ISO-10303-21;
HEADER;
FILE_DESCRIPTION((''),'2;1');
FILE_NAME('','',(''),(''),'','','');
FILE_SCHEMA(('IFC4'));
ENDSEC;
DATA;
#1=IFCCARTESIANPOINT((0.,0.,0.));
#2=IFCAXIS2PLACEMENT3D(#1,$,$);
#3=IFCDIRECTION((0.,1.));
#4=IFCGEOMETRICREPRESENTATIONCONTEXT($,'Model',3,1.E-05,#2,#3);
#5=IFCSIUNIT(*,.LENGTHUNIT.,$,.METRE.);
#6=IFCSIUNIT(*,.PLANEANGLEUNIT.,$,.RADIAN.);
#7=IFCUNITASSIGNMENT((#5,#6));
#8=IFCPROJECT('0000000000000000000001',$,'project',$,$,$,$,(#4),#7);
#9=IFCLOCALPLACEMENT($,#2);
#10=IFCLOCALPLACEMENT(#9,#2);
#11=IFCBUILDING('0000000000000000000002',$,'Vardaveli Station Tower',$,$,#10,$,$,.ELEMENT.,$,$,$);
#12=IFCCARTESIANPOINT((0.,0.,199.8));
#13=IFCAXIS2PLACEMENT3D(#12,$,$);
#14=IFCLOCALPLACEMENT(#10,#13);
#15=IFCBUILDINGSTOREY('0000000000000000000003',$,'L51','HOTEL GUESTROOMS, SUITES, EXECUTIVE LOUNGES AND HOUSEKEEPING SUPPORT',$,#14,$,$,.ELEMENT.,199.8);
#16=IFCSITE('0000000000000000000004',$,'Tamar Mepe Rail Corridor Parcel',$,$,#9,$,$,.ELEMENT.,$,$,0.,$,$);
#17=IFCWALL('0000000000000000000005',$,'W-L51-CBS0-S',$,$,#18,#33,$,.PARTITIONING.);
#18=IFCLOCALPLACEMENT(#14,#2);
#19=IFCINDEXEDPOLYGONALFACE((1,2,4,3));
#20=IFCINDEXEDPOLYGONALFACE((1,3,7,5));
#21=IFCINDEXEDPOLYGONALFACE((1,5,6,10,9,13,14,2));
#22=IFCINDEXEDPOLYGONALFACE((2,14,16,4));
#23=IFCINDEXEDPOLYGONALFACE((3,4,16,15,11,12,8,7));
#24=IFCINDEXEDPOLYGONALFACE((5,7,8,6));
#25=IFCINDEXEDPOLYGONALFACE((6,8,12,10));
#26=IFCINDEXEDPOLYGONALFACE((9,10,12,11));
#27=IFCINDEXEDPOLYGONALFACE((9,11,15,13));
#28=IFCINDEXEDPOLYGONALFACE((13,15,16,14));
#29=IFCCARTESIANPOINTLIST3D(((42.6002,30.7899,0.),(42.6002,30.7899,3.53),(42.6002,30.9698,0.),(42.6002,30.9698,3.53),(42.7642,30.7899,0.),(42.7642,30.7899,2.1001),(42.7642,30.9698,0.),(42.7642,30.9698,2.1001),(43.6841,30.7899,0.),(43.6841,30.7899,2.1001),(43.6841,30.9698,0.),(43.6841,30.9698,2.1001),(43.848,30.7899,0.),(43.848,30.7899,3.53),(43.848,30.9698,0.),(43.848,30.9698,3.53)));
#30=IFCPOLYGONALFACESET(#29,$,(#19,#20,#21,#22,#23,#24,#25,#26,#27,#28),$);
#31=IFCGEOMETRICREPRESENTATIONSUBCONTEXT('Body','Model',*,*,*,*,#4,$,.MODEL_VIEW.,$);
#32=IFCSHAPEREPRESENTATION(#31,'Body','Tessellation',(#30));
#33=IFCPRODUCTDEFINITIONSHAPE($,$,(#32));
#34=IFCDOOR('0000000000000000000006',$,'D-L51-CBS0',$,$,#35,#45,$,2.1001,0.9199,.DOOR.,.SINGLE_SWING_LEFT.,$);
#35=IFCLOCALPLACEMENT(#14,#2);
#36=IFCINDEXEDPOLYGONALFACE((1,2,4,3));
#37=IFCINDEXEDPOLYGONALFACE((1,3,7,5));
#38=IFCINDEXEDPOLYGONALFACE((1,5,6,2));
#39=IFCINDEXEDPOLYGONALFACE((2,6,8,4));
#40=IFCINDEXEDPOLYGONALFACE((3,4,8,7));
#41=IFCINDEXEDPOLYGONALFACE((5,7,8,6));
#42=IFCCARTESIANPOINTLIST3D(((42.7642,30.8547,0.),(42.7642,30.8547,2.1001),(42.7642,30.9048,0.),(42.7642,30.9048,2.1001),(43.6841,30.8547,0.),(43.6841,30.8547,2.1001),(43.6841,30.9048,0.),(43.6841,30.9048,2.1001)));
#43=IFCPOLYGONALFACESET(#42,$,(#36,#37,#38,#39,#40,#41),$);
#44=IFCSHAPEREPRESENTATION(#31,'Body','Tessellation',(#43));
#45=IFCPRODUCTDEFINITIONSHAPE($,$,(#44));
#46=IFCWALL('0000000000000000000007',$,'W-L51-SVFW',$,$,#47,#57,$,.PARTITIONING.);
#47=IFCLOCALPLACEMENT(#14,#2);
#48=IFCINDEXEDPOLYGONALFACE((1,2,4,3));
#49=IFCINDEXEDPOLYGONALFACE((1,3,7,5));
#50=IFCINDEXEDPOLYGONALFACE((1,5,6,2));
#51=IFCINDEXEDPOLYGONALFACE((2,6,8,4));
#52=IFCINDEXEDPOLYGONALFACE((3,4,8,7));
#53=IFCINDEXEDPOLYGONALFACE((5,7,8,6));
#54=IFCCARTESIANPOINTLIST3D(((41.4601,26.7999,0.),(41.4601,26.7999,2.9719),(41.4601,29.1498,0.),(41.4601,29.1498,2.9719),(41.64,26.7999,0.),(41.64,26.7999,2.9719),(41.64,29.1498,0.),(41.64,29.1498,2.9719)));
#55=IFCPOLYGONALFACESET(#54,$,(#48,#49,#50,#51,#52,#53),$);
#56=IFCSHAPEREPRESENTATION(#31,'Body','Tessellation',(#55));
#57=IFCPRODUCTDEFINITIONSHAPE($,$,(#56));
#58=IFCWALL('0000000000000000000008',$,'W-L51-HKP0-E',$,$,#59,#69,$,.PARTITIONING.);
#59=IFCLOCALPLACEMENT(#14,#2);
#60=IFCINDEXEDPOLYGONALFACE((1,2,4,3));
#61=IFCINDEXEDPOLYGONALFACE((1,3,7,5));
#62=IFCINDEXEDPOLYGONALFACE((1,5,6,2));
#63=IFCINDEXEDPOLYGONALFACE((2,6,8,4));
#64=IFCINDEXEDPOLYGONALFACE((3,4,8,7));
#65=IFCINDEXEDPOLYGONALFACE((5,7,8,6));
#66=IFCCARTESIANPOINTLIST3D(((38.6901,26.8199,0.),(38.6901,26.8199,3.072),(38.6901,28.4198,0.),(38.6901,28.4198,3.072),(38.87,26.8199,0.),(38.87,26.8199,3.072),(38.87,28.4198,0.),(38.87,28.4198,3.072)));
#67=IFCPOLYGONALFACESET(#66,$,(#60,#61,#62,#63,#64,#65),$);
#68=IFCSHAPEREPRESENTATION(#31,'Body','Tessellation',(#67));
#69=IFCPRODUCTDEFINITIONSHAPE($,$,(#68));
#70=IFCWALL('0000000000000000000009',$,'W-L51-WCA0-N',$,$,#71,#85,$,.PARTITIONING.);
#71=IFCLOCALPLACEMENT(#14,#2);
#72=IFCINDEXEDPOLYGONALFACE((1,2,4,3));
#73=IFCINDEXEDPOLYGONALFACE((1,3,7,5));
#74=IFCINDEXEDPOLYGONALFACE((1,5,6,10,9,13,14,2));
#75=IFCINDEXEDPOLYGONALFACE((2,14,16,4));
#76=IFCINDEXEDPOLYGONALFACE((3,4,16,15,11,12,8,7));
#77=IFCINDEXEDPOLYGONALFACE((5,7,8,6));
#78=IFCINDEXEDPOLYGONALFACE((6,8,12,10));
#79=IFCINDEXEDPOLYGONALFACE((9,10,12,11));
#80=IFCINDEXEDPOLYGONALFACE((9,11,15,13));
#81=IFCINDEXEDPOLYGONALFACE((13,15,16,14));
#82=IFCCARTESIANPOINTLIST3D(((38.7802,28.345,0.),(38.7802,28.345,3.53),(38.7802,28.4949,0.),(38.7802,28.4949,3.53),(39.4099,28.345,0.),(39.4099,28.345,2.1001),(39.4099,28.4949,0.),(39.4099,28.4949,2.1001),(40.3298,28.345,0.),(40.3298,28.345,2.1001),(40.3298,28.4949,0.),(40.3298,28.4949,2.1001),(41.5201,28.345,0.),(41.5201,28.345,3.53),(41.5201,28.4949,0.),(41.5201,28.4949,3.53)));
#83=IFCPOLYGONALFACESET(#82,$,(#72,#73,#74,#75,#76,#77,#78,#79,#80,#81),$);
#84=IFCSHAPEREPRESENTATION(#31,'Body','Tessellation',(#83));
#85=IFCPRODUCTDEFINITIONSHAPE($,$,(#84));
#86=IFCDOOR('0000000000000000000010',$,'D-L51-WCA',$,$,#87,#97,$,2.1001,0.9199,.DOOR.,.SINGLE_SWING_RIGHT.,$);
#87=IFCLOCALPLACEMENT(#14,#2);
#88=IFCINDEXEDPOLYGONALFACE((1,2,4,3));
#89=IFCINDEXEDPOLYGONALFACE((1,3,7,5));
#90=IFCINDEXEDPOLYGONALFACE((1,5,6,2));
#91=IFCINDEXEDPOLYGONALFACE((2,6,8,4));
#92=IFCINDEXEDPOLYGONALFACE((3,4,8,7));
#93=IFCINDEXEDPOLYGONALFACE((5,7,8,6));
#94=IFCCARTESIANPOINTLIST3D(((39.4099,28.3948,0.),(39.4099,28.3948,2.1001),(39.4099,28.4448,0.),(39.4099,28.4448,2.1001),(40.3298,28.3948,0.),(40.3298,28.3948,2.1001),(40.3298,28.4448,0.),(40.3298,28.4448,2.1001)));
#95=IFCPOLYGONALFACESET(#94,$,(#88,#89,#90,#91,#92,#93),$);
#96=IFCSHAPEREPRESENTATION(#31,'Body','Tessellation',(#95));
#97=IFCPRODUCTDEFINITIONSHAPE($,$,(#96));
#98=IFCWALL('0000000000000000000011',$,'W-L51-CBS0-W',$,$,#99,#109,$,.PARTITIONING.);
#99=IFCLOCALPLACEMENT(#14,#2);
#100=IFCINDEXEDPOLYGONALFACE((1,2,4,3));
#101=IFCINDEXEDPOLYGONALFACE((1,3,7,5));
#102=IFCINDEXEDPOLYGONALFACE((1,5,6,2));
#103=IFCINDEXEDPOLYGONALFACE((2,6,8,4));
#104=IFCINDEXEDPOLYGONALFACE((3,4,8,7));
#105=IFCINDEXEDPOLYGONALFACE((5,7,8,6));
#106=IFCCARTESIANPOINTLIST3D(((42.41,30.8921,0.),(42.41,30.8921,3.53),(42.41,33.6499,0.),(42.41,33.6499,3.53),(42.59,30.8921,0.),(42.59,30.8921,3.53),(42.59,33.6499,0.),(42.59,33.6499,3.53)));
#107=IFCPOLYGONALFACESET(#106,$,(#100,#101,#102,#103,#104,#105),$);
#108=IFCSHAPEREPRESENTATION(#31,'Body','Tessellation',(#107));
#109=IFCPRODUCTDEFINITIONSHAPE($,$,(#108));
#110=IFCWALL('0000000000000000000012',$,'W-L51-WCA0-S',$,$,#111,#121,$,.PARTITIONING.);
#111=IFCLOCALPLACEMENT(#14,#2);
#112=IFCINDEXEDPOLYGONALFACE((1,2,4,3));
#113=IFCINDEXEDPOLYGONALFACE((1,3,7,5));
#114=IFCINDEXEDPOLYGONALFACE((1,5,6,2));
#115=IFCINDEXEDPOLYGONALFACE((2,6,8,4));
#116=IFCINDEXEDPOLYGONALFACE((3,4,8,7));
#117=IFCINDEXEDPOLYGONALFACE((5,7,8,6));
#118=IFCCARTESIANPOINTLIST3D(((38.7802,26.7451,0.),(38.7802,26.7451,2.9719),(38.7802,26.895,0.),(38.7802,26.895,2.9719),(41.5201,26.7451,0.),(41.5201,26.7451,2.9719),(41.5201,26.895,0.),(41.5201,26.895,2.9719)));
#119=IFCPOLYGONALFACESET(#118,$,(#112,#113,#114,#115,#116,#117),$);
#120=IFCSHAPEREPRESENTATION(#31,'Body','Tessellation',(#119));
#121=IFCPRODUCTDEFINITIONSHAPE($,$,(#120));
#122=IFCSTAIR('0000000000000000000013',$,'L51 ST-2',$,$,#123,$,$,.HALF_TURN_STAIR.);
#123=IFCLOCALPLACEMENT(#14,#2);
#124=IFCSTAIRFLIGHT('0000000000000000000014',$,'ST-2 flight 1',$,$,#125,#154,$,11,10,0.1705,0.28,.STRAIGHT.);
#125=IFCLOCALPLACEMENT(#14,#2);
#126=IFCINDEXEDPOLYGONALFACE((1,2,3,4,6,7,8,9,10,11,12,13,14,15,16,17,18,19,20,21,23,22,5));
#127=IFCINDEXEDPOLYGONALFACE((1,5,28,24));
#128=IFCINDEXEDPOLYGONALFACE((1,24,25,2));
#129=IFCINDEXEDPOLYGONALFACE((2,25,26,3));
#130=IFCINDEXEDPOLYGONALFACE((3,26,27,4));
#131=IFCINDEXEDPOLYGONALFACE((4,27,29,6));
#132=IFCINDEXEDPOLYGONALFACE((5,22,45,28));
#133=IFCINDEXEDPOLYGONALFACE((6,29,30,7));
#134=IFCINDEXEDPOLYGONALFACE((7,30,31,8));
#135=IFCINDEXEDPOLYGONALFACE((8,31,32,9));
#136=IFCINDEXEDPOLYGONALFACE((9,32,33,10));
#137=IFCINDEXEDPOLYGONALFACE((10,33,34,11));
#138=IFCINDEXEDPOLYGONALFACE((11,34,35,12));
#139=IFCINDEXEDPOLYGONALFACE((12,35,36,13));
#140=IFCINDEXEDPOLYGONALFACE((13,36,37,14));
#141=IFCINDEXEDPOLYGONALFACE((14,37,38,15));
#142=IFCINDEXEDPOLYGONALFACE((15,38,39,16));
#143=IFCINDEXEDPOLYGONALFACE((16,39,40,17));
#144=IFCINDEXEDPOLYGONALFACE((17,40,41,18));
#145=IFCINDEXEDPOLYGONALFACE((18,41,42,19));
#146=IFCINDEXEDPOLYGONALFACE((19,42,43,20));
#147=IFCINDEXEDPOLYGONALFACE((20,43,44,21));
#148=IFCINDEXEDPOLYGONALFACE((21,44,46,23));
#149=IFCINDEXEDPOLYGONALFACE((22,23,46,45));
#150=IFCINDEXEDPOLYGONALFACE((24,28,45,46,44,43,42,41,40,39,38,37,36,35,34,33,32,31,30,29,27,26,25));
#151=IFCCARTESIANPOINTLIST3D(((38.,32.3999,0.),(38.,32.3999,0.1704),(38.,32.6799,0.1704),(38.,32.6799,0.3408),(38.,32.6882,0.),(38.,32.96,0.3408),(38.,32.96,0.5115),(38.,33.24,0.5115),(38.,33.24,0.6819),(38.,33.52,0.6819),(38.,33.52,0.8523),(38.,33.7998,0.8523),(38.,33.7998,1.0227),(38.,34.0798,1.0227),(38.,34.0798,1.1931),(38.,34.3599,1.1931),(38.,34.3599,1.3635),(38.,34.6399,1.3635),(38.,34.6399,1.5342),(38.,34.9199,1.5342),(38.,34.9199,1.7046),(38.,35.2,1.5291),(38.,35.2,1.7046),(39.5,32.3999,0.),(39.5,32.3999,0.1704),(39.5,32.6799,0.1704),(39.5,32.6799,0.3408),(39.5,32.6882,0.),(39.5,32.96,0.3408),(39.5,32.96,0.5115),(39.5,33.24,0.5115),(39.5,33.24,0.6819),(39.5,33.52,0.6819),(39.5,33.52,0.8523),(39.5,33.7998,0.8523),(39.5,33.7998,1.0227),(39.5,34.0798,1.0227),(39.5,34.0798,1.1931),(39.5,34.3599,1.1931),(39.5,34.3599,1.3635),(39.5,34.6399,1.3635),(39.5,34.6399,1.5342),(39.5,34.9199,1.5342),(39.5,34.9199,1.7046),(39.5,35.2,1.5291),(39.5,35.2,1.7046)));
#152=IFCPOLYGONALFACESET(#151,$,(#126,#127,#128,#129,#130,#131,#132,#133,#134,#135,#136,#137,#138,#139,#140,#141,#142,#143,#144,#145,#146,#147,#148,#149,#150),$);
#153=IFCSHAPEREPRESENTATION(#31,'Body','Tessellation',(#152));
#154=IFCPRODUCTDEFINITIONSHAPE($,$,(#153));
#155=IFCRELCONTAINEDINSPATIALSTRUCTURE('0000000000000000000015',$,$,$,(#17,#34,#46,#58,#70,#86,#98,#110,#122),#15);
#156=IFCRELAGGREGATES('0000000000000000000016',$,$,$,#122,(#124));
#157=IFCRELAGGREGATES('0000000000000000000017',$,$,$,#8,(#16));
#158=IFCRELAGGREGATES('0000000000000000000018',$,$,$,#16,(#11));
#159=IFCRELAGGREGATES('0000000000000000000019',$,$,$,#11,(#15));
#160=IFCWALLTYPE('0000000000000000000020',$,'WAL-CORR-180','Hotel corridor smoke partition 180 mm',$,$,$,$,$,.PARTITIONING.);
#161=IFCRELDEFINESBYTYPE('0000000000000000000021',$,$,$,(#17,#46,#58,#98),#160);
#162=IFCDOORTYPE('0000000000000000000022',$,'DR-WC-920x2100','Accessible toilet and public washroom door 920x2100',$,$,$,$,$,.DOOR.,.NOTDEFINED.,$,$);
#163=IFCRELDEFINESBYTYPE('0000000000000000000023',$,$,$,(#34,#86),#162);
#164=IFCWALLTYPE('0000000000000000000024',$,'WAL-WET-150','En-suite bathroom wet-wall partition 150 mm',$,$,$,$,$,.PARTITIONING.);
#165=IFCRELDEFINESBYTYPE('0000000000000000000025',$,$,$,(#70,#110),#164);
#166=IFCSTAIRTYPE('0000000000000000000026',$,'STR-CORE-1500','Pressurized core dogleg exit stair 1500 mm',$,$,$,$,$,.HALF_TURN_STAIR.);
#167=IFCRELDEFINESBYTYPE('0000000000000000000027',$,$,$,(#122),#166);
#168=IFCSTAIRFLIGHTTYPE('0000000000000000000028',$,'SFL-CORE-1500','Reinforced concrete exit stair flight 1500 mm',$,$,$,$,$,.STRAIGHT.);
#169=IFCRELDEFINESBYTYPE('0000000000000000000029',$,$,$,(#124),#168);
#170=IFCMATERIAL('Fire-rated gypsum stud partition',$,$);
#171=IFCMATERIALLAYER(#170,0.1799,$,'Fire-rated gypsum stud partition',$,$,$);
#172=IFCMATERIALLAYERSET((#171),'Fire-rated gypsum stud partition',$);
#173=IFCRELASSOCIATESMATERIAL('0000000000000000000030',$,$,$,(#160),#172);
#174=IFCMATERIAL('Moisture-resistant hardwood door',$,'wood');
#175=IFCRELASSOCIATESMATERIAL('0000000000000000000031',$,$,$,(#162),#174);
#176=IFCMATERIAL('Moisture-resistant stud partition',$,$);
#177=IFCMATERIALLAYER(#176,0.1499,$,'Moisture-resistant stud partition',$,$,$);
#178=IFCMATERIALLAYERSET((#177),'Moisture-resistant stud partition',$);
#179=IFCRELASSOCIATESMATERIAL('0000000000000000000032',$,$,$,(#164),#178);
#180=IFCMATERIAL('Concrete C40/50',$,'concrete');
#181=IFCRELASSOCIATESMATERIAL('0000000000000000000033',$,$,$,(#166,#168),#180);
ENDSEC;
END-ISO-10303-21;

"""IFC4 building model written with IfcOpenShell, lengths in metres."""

from ifc_helpers import new_model, si_unit, direction, frame, frame_2d, origin, place, context, subcontext, project, spatial, polyline, rectangle, outline, extrude, source, transform, mapped, material, layer, layer_set, type_object, element, fill, aggregate, save


model = new_model("IFC4")

# Units and contexts
model_context = context("Model", 3, precision=1e-05, world=origin(), true_north=direction((0.0, 1.0)))
body_context = subcontext(model_context, "Body", "Model", "MODEL_VIEW")
ifc_project = project(units=[si_unit("LENGTHUNIT", "METRE"), si_unit("PLANEANGLEUNIT", "RADIAN")], contexts=[model_context])

# Site, building, storey
site_placement = place(None, origin())
site = spatial("IfcSite", under=ifc_project, at=site_placement, Name="Tamar Mepe Rail Corridor Parcel", CompositionType="ELEMENT", RefElevation=0.0)
building_placement = place(site_placement, origin())
building = spatial("IfcBuilding", under=site, at=building_placement, Name="Vardaveli Station Tower", CompositionType="ELEMENT")
storey_placement = place(building_placement, frame((0.0, 0.0, 199.8)))
storey = spatial("IfcBuildingStorey", under=building, at=storey_placement, Name="L51", Description="HOTEL GUESTROOMS, SUITES, EXECUTIVE LOUNGES AND HOUSEKEEPING SUPPORT", CompositionType="ELEMENT", Elevation=199.8)

# Shared definitions
ifc_material_1 = material(Name="Concrete C40/50", Category="concrete")

# Wall, opening, door
ifc_material_2 = material(Name="Fire-rated gypsum stud partition")
ifc_layer_1 = layer(ifc_material_2, 0.1799, Name="Fire-rated gypsum stud partition")
ifc_layer_set_1 = layer_set([ifc_layer_1], Name="Fire-rated gypsum stud partition")
wall_type_1 = type_object("IfcWallType", Name="WAL-CORR-180", Description="Hotel corridor smoke partition 180 mm", PredefinedType="PARTITIONING", material=ifc_layer_set_1)
shared_shape_1 = source(origin(), body_context, "Body", "SweptSolid", [
    extrude(rectangle(XDim=1.2478, YDim=0.1799, at=frame_2d((0.624, 0.0))), origin(), (0.0, 0.0, 1.0), 3.53),
])
wall_1_placement = place(storey_placement, frame((42.6001, 30.8799, 0.0), z_axis=(0.0, 0.0, 1.0), x_axis=(1.0, 0.0, 0.0)))
wall_1 = element("IfcWall", 1, at=wall_1_placement, inside=storey, type_object=wall_type_1, Name="W-L51-CBS0-S", PredefinedType="PARTITIONING", context=body_context, shape_type="MappedRepresentation", body=[
    mapped(shared_shape_1, transform((0.0, 0.0, 0.0), scale=1.0)),
])
shared_shape_2 = source(origin(), body_context, "Body", "SweptSolid", [
    extrude(rectangle(XDim=0.9199, YDim=2.1001, at=frame_2d((0.46, 1.05))), frame((0.0, 0.1001, 0.0), z_axis=(0.0, -1.0, 0.0), x_axis=(1.0, 0.0, 0.0)), (0.0, 0.0, 1.0), 0.2),
])
opening_1_placement = place(wall_1_placement, frame((0.1641, 0.0, 0.0)))
opening_1 = element("IfcOpeningElement", 2, at=opening_1_placement, cuts=wall_1, PredefinedType="OPENING", context=body_context, shape_type="MappedRepresentation", body=[
    mapped(shared_shape_2, transform((0.0, 0.0, 0.0), scale=1.0)),
])
ifc_material_3 = material(Name="Moisture-resistant hardwood door", Category="wood")
door_type_1 = type_object("IfcDoorType", Name="DR-WC-920x2100", Description="Accessible toilet and public washroom door 920x2100", OperationType="NOTDEFINED", PredefinedType="DOOR", material=ifc_material_3)
shared_shape_3 = source(origin(), body_context, "Body", "SweptSolid", [
    extrude(rectangle(XDim=0.9199, YDim=2.1001, at=frame_2d((0.46, 1.05))), frame((0.0, 0.0249, 0.0), z_axis=(0.0, -1.0, 0.0), x_axis=(1.0, 0.0, 0.0)), (0.0, 0.0, 1.0), 0.05),
])
door_1_placement = place(opening_1_placement, origin())
door_1 = element("IfcDoor", 3, at=door_1_placement, inside=storey, type_object=door_type_1, Name="D-L51-CBS0", OperationType="SINGLE_SWING_LEFT", OverallHeight=2.1001, OverallWidth=0.9199, PredefinedType="DOOR", context=body_context, shape_type="MappedRepresentation", body=[
    mapped(shared_shape_3, transform((0.0, 0.0, 0.0), scale=1.0)),
])
fill(opening_1, door_1)

# Walls
shared_shape_4 = source(origin(), body_context, "Body", "SweptSolid", [
    extrude(rectangle(XDim=2.3499, YDim=0.1799, at=frame_2d((1.1748, 0.0))), origin(), (0.0, 0.0, 1.0), 2.9719),
])
wall_2_placement = place(storey_placement, frame((41.55, 26.8, 0.0), z_axis=(0.0, 0.0, 1.0), x_axis=(0.0, 1.0, 0.0)))
element("IfcWall", 4, at=wall_2_placement, inside=storey, type_object=wall_type_1, Name="W-L51-SVFW", PredefinedType="PARTITIONING", context=body_context, shape_type="MappedRepresentation", body=[
    mapped(shared_shape_4, transform((0.0, 0.0, 0.0), scale=1.0)),
])
shared_shape_5 = source(origin(), body_context, "Body", "SweptSolid", [
    extrude(rectangle(XDim=1.5999, YDim=0.1799, at=frame_2d((0.7998, 0.0))), origin(), (0.0, 0.0, 1.0), 3.072),
])
wall_3_placement = place(storey_placement, frame((38.78, 26.8201, 0.0), z_axis=(0.0, 0.0, 1.0), x_axis=(0.0, 1.0, 0.0)))
element("IfcWall", 5, at=wall_3_placement, inside=storey, type_object=wall_type_1, Name="W-L51-HKP0-E", PredefinedType="PARTITIONING", context=body_context, shape_type="MappedRepresentation", body=[
    mapped(shared_shape_5, transform((0.0, 0.0, 0.0), scale=1.0)),
])

# Wall, opening, door
ifc_material_4 = material(Name="Moisture-resistant stud partition")
ifc_layer_2 = layer(ifc_material_4, 0.1499, Name="Moisture-resistant stud partition")
ifc_layer_set_2 = layer_set([ifc_layer_2], Name="Moisture-resistant stud partition")
wall_type_2 = type_object("IfcWallType", Name="WAL-WET-150", Description="En-suite bathroom wet-wall partition 150 mm", PredefinedType="PARTITIONING", material=ifc_layer_set_2)
shared_shape_6 = source(origin(), body_context, "Body", "SweptSolid", [
    extrude(rectangle(XDim=2.74, YDim=0.1499, at=frame_2d((1.3701, 0.0))), origin(), (0.0, 0.0, 1.0), 3.53),
])
wall_4_placement = place(storey_placement, frame((38.78, 28.4199, 0.0), z_axis=(0.0, 0.0, 1.0), x_axis=(1.0, 0.0, 0.0)))
wall_4 = element("IfcWall", 6, at=wall_4_placement, inside=storey, type_object=wall_type_2, Name="W-L51-WCA0-N", PredefinedType="PARTITIONING", context=body_context, shape_type="MappedRepresentation", body=[
    mapped(shared_shape_6, transform((0.0, 0.0, 0.0), scale=1.0)),
])
shared_shape_7 = source(origin(), body_context, "Body", "SweptSolid", [
    extrude(rectangle(XDim=0.9199, YDim=2.1001, at=frame_2d((0.46, 1.05))), frame((0.0, 0.085, 0.0), z_axis=(0.0, -1.0, 0.0), x_axis=(1.0, 0.0, 0.0)), (0.0, 0.0, 1.0), 0.1699),
])
opening_2_placement = place(wall_4_placement, frame((0.6299, 0.0, 0.0)))
opening_2 = element("IfcOpeningElement", 7, at=opening_2_placement, cuts=wall_4, PredefinedType="OPENING", context=body_context, shape_type="MappedRepresentation", body=[
    mapped(shared_shape_7, transform((0.0, 0.0, 0.0), scale=1.0)),
])
door_2_placement = place(opening_2_placement, origin())
door_2 = element("IfcDoor", 8, at=door_2_placement, inside=storey, type_object=door_type_1, Name="D-L51-WCA", OperationType="SINGLE_SWING_RIGHT", OverallHeight=2.1001, OverallWidth=0.9199, PredefinedType="DOOR", context=body_context, shape_type="MappedRepresentation", body=[
    mapped(shared_shape_3, transform((0.0, 0.0, 0.0), scale=1.0)),
])
fill(opening_2, door_2)

# Walls
shared_shape_8 = source(origin(), body_context, "Body", "SweptSolid", [
    extrude(rectangle(XDim=2.7578, YDim=0.1799, at=frame_2d((1.3789, 0.0))), origin(), (0.0, 0.0, 1.0), 3.53),
])
wall_5_placement = place(storey_placement, frame((42.5, 30.8921, 0.0), z_axis=(0.0, 0.0, 1.0), x_axis=(0.0, 1.0, 0.0)))
element("IfcWall", 9, at=wall_5_placement, inside=storey, type_object=wall_type_1, Name="W-L51-CBS0-W", PredefinedType="PARTITIONING", context=body_context, shape_type="MappedRepresentation", body=[
    mapped(shared_shape_8, transform((0.0, 0.0, 0.0), scale=1.0)),
])
shared_shape_9 = source(origin(), body_context, "Body", "SweptSolid", [
    extrude(rectangle(XDim=2.74, YDim=0.1499, at=frame_2d((1.3701, 0.0))), origin(), (0.0, 0.0, 1.0), 2.9719),
])
wall_6_placement = place(storey_placement, frame((38.78, 26.8201, 0.0), z_axis=(0.0, 0.0, 1.0), x_axis=(1.0, 0.0, 0.0)))
element("IfcWall", 10, at=wall_6_placement, inside=storey, type_object=wall_type_2, Name="W-L51-WCA0-S", PredefinedType="PARTITIONING", context=body_context, shape_type="MappedRepresentation", body=[
    mapped(shared_shape_9, transform((0.0, 0.0, 0.0), scale=1.0)),
])

# Stair, stair flight
stair_type = type_object("IfcStairType", Name="STR-CORE-1500", Description="Pressurized core dogleg exit stair 1500 mm", PredefinedType="HALF_TURN_STAIR", material=ifc_material_1)
stair_placement = place(storey_placement, origin())
stair = element("IfcStair", 11, at=stair_placement, inside=storey, type_object=stair_type, Name="L51 ST-2", PredefinedType="HALF_TURN_STAIR")
stair_flight_type = type_object("IfcStairFlightType", Name="SFL-CORE-1500", Description="Reinforced concrete exit stair flight 1500 mm", PredefinedType="STRAIGHT", material=ifc_material_1)
shared_shape_10 = source(origin(), body_context, "Body", "SweptSolid", [
    extrude(outline(polyline([(0.0, 0.0), (0.0, 0.1704), (0.28, 0.1704), (0.28, 0.3408), (0.5601, 0.3408), (0.5601, 0.5115), (0.8401, 0.5115), (0.8401, 0.6819), (1.1201, 0.6819), (1.1201, 0.8523), (1.3999, 0.8523), (1.3999, 1.0227), (1.6799, 1.0227), (1.6799, 1.1931), (1.96, 1.1931), (1.96, 1.3635), (2.24, 1.3635), (2.24, 1.5342), (2.52, 1.5342), (2.52, 1.7046), (2.8, 1.7046), (2.8, 1.875), (2.8, 1.5291), (0.2883, 0.0), (0.0, 0.0)])), frame((0.0, 0.75, 0.0), z_axis=(0.0, -1.0, 0.0), x_axis=(1.0, 0.0, 0.0)), (0.0, 0.0, 1.0), 1.5),
])
stair_flight_placement = place(storey_placement, frame((38.75, 32.3999, 0.0), z_axis=(0.0, 0.0, 1.0), x_axis=(0.0, 1.0, 0.0)))
stair_flight = element("IfcStairFlight", 12, at=stair_flight_placement, type_object=stair_flight_type, Name="ST-2 flight 1", NumberOfRisers=11, NumberOfTreads=10, PredefinedType="STRAIGHT", RiserHeight=0.1705, TreadLength=0.28, context=body_context, shape_type="MappedRepresentation", body=[
    mapped(shared_shape_10, transform((0.0, 0.0, 0.0), scale=1.0)),
])
aggregate(stair, [stair_flight])

save(model, "model.ifc")
